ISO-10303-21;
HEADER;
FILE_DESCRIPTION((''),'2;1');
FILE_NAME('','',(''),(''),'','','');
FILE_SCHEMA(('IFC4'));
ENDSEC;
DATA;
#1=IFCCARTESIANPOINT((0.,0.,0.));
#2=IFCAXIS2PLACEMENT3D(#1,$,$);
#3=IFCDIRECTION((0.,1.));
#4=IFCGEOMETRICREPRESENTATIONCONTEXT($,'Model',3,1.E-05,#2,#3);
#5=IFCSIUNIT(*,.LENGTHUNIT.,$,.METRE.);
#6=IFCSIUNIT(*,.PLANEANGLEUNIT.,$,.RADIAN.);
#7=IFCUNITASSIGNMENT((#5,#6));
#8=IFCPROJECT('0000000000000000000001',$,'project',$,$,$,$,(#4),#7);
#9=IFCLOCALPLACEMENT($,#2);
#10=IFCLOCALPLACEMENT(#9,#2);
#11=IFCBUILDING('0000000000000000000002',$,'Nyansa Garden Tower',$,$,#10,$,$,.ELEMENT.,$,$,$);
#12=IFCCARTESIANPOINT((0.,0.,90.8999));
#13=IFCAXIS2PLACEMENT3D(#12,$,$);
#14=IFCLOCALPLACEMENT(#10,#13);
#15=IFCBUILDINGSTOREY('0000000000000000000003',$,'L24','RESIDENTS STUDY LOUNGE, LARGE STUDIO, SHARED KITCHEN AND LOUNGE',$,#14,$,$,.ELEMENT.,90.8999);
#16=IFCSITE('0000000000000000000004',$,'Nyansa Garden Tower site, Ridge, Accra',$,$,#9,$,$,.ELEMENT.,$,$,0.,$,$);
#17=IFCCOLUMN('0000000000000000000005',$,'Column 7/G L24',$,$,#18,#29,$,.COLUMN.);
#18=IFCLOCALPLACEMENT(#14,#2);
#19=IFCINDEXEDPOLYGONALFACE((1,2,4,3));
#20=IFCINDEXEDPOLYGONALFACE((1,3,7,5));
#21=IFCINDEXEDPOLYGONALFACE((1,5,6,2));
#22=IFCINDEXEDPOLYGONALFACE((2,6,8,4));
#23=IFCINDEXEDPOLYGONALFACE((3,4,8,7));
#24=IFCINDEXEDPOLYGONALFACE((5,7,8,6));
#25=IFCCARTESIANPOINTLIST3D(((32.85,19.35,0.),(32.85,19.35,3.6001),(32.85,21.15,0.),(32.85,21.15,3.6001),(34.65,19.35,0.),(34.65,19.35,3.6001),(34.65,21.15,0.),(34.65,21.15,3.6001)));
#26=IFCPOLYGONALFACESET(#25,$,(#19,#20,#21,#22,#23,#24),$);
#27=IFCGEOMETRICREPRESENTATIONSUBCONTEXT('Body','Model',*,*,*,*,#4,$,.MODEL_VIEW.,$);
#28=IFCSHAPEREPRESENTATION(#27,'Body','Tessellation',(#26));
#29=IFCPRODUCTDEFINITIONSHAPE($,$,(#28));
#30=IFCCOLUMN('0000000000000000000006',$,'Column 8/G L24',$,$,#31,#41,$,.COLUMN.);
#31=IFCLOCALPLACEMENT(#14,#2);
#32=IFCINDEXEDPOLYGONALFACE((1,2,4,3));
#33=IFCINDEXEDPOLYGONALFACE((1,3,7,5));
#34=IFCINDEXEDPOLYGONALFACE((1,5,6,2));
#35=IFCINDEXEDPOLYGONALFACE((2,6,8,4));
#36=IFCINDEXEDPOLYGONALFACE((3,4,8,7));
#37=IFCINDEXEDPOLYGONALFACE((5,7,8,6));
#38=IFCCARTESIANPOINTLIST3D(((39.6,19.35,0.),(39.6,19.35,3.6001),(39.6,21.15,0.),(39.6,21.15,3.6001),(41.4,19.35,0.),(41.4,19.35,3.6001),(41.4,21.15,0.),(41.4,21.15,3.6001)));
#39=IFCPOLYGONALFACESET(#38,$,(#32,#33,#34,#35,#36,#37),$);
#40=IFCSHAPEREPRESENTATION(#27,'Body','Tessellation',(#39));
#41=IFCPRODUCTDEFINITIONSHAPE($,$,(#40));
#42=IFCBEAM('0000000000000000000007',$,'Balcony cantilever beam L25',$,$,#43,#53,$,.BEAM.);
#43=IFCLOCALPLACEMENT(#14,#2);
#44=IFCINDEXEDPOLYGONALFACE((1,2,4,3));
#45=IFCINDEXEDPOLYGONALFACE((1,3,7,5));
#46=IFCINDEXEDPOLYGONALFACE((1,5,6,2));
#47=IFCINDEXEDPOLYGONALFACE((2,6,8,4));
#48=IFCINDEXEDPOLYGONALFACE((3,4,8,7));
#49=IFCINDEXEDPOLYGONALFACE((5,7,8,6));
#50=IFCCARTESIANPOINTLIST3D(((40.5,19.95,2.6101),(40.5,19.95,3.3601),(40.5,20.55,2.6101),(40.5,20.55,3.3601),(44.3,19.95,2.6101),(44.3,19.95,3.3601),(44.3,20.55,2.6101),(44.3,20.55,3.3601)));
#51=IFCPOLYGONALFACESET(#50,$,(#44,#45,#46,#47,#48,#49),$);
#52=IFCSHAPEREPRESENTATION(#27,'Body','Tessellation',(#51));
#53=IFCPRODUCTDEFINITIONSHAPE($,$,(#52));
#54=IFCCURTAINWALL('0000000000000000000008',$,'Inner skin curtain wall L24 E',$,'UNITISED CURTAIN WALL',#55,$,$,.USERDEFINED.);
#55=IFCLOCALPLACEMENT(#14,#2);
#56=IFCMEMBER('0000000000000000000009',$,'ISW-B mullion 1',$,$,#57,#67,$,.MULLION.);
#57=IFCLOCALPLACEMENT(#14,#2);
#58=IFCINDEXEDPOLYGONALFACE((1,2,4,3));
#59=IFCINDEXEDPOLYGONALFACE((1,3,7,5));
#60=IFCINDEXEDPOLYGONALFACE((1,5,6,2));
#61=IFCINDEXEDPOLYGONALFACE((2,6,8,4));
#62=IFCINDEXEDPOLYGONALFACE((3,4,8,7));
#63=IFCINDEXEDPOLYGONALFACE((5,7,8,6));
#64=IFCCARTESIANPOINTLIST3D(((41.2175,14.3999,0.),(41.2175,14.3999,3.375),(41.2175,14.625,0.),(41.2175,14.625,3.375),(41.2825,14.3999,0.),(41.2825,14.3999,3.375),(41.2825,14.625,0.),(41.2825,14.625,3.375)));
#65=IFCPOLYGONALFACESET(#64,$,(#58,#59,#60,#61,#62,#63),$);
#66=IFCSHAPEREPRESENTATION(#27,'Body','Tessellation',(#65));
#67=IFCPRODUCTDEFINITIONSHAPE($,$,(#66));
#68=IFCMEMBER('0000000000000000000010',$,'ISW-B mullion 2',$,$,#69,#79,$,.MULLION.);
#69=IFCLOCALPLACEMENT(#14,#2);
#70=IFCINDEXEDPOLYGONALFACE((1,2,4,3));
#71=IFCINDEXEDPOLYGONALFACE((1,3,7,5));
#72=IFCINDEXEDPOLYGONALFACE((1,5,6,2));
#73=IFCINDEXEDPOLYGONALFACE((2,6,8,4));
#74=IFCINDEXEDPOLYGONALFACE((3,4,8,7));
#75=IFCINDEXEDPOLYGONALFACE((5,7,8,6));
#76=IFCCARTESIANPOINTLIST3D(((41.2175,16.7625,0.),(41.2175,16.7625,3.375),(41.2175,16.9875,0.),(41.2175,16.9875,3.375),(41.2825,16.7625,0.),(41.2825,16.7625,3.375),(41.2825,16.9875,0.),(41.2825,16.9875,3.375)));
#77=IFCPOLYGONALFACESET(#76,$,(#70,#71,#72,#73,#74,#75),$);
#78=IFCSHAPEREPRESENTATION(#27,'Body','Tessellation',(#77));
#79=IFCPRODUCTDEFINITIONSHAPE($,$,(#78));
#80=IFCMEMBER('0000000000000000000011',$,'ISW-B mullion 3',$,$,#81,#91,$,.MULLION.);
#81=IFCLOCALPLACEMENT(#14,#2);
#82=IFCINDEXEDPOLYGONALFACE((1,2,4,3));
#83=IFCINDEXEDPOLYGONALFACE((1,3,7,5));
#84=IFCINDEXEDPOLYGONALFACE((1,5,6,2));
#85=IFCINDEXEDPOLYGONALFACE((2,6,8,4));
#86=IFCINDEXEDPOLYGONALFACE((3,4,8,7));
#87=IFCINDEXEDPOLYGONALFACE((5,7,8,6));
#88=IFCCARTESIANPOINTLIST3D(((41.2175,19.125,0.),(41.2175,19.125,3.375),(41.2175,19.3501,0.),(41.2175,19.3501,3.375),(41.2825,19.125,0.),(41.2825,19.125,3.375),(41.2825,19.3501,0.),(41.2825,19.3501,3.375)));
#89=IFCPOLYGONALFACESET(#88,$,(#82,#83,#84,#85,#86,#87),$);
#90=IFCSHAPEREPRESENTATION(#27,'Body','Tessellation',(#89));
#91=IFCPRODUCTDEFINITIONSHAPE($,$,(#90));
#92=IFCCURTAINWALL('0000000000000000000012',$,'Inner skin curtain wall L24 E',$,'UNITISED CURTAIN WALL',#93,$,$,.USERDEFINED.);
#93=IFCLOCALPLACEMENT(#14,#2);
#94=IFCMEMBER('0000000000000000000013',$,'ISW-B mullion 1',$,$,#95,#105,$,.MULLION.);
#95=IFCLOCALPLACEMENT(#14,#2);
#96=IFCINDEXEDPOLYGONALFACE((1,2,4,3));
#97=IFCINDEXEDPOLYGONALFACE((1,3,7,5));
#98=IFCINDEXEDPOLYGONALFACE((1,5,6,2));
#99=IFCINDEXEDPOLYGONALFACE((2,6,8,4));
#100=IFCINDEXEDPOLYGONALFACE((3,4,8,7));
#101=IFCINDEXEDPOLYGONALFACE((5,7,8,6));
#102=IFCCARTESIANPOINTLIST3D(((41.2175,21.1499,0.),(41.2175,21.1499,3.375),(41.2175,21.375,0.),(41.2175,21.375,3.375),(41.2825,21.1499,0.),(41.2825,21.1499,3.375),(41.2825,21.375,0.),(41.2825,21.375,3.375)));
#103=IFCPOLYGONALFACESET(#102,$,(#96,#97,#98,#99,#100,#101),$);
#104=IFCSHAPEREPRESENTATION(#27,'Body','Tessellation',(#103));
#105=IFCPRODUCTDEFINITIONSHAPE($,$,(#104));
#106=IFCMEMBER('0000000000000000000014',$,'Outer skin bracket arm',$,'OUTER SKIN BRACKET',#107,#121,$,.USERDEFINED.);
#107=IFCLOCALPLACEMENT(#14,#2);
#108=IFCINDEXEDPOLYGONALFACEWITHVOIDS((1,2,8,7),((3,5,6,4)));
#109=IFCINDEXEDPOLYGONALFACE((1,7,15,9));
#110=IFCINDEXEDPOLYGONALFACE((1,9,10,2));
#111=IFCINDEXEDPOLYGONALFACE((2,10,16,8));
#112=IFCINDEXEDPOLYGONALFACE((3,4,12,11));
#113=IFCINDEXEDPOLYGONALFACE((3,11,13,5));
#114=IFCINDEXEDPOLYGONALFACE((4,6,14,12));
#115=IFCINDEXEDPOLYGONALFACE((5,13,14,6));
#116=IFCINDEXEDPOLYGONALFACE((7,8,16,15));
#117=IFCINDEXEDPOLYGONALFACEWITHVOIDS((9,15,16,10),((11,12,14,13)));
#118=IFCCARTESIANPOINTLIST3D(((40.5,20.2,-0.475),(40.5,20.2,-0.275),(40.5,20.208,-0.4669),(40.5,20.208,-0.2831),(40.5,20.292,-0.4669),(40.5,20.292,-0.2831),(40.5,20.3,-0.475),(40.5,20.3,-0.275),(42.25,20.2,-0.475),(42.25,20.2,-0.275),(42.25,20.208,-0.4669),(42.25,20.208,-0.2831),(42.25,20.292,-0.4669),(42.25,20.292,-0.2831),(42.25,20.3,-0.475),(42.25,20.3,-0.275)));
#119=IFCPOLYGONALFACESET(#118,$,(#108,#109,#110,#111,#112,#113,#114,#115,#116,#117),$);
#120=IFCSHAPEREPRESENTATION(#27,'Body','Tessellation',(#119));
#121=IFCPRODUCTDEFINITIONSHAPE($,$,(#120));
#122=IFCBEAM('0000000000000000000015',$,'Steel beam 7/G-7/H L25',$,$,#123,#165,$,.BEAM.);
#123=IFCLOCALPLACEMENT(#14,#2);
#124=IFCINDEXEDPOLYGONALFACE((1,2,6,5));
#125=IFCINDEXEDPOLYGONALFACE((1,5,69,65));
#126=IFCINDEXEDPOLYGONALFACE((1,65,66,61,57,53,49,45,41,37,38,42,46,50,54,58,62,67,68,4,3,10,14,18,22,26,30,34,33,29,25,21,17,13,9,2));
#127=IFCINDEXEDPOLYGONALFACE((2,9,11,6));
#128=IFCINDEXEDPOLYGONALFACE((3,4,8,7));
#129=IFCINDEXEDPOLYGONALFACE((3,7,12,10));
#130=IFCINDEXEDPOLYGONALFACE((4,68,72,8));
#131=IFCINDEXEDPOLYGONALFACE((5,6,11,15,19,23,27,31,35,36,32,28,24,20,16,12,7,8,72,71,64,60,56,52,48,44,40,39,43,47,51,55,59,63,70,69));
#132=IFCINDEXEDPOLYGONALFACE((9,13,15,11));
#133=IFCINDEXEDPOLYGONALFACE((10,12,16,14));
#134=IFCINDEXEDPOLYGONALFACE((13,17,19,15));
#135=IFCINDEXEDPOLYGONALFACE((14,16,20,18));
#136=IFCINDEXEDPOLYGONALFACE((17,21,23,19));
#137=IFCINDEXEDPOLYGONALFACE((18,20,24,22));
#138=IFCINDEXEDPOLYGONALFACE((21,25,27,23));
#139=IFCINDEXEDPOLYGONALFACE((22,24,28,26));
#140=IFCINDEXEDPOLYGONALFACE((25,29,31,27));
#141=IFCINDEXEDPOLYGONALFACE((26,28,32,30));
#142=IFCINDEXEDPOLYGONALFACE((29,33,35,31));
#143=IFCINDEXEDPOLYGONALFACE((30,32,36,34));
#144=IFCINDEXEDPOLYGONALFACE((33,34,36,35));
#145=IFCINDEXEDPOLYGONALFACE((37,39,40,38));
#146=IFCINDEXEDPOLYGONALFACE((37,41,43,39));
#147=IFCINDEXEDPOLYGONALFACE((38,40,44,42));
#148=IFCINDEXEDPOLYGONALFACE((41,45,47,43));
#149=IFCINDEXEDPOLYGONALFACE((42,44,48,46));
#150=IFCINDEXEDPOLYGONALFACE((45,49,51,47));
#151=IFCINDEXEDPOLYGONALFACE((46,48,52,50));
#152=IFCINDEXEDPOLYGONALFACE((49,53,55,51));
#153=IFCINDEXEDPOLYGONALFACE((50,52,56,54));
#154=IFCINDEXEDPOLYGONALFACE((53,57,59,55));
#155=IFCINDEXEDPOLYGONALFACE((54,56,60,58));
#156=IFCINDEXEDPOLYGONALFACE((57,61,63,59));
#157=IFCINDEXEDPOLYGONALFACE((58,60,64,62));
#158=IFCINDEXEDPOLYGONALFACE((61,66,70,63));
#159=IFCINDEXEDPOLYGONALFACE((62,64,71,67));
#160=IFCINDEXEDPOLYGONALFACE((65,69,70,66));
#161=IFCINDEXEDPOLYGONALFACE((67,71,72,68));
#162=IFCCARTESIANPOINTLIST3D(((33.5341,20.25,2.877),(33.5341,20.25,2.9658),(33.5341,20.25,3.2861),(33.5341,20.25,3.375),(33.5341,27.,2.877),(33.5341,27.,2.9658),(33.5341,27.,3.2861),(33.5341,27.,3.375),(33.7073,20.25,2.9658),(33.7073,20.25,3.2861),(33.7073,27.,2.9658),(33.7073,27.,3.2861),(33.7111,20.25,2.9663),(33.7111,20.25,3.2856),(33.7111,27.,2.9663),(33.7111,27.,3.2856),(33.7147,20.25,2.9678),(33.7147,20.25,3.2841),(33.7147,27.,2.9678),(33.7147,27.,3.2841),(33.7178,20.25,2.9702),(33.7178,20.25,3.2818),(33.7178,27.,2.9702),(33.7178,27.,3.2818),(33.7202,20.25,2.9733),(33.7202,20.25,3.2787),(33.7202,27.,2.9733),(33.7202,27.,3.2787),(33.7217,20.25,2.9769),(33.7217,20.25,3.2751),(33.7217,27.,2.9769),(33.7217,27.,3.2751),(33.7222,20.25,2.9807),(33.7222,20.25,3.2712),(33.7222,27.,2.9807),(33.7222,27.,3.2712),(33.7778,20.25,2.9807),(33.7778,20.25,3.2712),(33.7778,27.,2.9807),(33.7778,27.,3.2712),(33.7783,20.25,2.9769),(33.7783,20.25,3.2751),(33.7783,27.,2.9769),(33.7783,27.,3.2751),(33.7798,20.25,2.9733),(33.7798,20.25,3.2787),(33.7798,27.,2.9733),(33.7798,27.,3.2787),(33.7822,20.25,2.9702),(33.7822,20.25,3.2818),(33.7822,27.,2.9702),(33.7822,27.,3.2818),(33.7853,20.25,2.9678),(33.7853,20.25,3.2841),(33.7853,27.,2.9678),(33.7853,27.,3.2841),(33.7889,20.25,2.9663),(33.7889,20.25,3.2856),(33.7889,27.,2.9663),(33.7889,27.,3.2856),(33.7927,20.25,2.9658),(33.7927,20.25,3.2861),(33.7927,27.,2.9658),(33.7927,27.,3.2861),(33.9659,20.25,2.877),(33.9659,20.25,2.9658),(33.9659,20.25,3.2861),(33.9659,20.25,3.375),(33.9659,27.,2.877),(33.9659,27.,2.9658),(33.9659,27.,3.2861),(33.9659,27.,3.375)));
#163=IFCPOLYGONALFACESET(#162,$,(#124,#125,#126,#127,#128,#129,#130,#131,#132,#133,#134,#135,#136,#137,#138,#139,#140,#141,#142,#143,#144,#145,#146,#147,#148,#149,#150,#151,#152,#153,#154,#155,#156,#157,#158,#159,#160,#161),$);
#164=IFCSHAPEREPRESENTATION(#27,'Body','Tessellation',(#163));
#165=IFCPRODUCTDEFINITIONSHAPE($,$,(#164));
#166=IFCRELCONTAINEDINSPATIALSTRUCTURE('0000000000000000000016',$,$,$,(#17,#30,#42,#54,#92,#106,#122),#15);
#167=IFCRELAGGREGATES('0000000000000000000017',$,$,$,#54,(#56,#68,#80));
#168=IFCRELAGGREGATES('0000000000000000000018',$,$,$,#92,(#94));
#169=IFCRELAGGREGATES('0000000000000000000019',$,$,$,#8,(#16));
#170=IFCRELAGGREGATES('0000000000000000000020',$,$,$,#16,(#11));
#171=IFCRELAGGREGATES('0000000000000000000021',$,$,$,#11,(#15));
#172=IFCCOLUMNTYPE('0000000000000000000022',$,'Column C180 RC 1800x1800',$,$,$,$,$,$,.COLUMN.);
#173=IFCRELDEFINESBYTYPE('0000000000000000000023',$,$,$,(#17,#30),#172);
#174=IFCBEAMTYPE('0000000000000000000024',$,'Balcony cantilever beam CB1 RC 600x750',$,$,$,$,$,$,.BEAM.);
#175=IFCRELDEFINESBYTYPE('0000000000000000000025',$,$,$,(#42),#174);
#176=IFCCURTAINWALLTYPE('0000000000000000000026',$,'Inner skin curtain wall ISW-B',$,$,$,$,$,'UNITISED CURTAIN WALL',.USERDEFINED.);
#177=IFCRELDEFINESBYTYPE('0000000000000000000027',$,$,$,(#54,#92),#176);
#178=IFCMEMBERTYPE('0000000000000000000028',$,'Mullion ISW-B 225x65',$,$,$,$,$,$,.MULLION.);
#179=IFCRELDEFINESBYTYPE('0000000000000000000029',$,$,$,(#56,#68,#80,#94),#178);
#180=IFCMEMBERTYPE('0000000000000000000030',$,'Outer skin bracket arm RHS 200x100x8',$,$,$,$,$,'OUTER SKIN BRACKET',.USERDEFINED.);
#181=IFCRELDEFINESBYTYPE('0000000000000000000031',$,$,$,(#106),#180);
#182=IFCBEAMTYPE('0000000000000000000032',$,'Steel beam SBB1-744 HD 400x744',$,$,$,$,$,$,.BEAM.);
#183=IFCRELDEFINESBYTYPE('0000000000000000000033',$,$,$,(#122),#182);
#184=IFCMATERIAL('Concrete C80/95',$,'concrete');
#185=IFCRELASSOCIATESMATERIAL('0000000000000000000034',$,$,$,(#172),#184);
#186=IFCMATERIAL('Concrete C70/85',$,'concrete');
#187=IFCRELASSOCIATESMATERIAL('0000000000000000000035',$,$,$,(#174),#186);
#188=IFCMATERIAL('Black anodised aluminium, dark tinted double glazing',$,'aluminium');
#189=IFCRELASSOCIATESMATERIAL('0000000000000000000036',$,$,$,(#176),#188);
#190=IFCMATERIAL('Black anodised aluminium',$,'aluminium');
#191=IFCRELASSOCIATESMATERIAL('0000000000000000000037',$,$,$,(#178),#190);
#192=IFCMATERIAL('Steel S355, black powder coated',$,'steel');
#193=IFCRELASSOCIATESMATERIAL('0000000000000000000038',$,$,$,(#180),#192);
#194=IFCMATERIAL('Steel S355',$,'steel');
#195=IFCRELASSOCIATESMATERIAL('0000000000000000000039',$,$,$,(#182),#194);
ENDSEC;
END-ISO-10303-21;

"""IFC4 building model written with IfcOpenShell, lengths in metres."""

from ifc_helpers import new_model, si_unit, direction, frame, origin, origin_2d, place, context, subcontext, project, spatial, rectangle, hollow_rectangle, i_section, extrude, material, material_profile, profile_set, type_object, element, aggregate, save


model = new_model("IFC4")

# Units and contexts
model_context = context("Model", 3, precision=1e-05, world=origin(), true_north=direction((0.0, 1.0)))
body_context = subcontext(model_context, "Body", "Model", "MODEL_VIEW")
ifc_project = project(units=[si_unit("LENGTHUNIT", "METRE"), si_unit("PLANEANGLEUNIT", "RADIAN")], contexts=[model_context])

# Site, building, storey
site_placement = place(None, origin())
site = spatial("IfcSite", under=ifc_project, at=site_placement, Name="Nyansa Garden Tower site, Ridge, Accra", CompositionType="ELEMENT", RefElevation=0.0)
building_placement = place(site_placement, origin())
building = spatial("IfcBuilding", under=site, at=building_placement, Name="Nyansa Garden Tower", CompositionType="ELEMENT")
storey_placement = place(building_placement, frame((0.0, 0.0, 90.8999)))
storey = spatial("IfcBuildingStorey", under=building, at=storey_placement, Name="L24", Description="RESIDENTS STUDY LOUNGE, LARGE STUDIO, SHARED KITCHEN AND LOUNGE", CompositionType="ELEMENT", Elevation=90.8999)

# Columns
ifc_material_1 = material(Name="Concrete C80/95", Category="concrete")
ifc_material_profile_1 = material_profile(ifc_material_1, rectangle(XDim=1.8, YDim=1.8, at=origin_2d()), Name="RC 1800x1800")
ifc_profile_set_1 = profile_set([ifc_material_profile_1], Name="Concrete C80/95")
column_type = type_object("IfcColumnType", Name="Column C180 RC 1800x1800", PredefinedType="COLUMN", material=ifc_profile_set_1)
for number, where, z_axis, x_axis, name in (
    (1, (33.75, 20.25, 0.0), (0.0, 0.0, 1.0), (1.0, 0.0, 0.0), "Column 7/G L24"),
    (2, (40.5, 20.25, 0.0), (0.0, 0.0, 1.0), (1.0, 0.0, 0.0), "Column 8/G L24"),
):
    element("IfcColumn", number, at=place(storey_placement, frame(where, z_axis=z_axis, x_axis=x_axis)), inside=storey, type_object=column_type, Name=name, PredefinedType="COLUMN", context=body_context, shape_type="SweptSolid", body=[
        extrude(rectangle(XDim=1.8, YDim=1.8, at=origin_2d()), origin(), (0.0, 0.0, 1.0), 3.6001),
    ])

# Beam
ifc_material_2 = material(Name="Concrete C70/85", Category="concrete")
ifc_material_profile_2 = material_profile(ifc_material_2, rectangle(XDim=0.6001, YDim=0.75, at=origin_2d()), Name="RC 600x750")
ifc_profile_set_2 = profile_set([ifc_material_profile_2], Name="Concrete C70/85")
beam_type_1 = type_object("IfcBeamType", Name="Balcony cantilever beam CB1 RC 600x750", PredefinedType="BEAM", material=ifc_profile_set_2)
beam_1_placement = place(storey_placement, frame((40.5, 20.25, 2.9851), z_axis=(1.0, 0.0, 0.0), x_axis=(0.0, 1.0, 0.0)))
element("IfcBeam", 3, at=beam_1_placement, inside=storey, type_object=beam_type_1, Name="Balcony cantilever beam L25", PredefinedType="BEAM", context=body_context, shape_type="SweptSolid", body=[
    extrude(rectangle(XDim=0.6001, YDim=0.75, at=origin_2d()), origin(), (0.0, 0.0, 1.0), 3.8),
])

# Curtain wall, members
ifc_material_3 = material(Name="Black anodised aluminium, dark tinted double glazing", Category="aluminium")
curtain_wall_type = type_object("IfcCurtainWallType", Name="Inner skin curtain wall ISW-B", ElementType="UNITISED CURTAIN WALL", PredefinedType="USERDEFINED", material=ifc_material_3)
curtain_wall_1_placement = place(storey_placement, origin())
curtain_wall_1 = element("IfcCurtainWall", 4, at=curtain_wall_1_placement, inside=storey, type_object=curtain_wall_type, Name="Inner skin curtain wall L24 E", ObjectType="UNITISED CURTAIN WALL", PredefinedType="USERDEFINED")
ifc_material_4 = material(Name="Black anodised aluminium", Category="aluminium")
ifc_material_profile_3 = material_profile(ifc_material_4, rectangle(XDim=0.0649, YDim=0.2251, at=origin_2d()), Name="Mullion 225x65")
ifc_profile_set_3 = profile_set([ifc_material_profile_3], Name="Black anodised aluminium")
member_type_1 = type_object("IfcMemberType", Name="Mullion ISW-B 225x65", PredefinedType="MULLION", material=ifc_profile_set_3)
member_1_placement = place(storey_placement, frame((41.25, 14.5125, 0.0), z_axis=(0.0, 0.0, 1.0), x_axis=(-1.0, 0.0, 0.0)))
member_1 = element("IfcMember", 5, at=member_1_placement, type_object=member_type_1, Name="ISW-B mullion 1", PredefinedType="MULLION", context=body_context, shape_type="SweptSolid", body=[
    extrude(rectangle(XDim=0.0649, YDim=0.2251, at=origin_2d()), origin(), (0.0, 0.0, 1.0), 3.375),
])
member_2_placement = place(storey_placement, frame((41.25, 16.875, 0.0), z_axis=(0.0, 0.0, 1.0), x_axis=(-1.0, 0.0, 0.0)))
member_2 = element("IfcMember", 6, at=member_2_placement, type_object=member_type_1, Name="ISW-B mullion 2", PredefinedType="MULLION", context=body_context, shape_type="SweptSolid", body=[
    extrude(rectangle(XDim=0.0649, YDim=0.2251, at=origin_2d()), origin(), (0.0, 0.0, 1.0), 3.375),
])
member_3_placement = place(storey_placement, frame((41.25, 19.2375, 0.0), z_axis=(0.0, 0.0, 1.0), x_axis=(-1.0, 0.0, 0.0)))
member_3 = element("IfcMember", 7, at=member_3_placement, type_object=member_type_1, Name="ISW-B mullion 3", PredefinedType="MULLION", context=body_context, shape_type="SweptSolid", body=[
    extrude(rectangle(XDim=0.0649, YDim=0.2251, at=origin_2d()), origin(), (0.0, 0.0, 1.0), 3.375),
])

# Curtain wall, member
curtain_wall_2_placement = place(storey_placement, origin())
curtain_wall_2 = element("IfcCurtainWall", 8, at=curtain_wall_2_placement, inside=storey, type_object=curtain_wall_type, Name="Inner skin curtain wall L24 E", ObjectType="UNITISED CURTAIN WALL", PredefinedType="USERDEFINED")
member_4_placement = place(storey_placement, frame((41.25, 21.2625, 0.0), z_axis=(0.0, 0.0, 1.0), x_axis=(-1.0, 0.0, 0.0)))
member_4 = element("IfcMember", 9, at=member_4_placement, type_object=member_type_1, Name="ISW-B mullion 1", PredefinedType="MULLION", context=body_context, shape_type="SweptSolid", body=[
    extrude(rectangle(XDim=0.0649, YDim=0.2251, at=origin_2d()), origin(), (0.0, 0.0, 1.0), 3.375),
])

# Member
ifc_material_5 = material(Name="Steel S355, black powder coated", Category="steel")
ifc_material_profile_4 = material_profile(ifc_material_5, hollow_rectangle(XDim=0.1001, YDim=0.2, WallThickness=0.0081, at=origin_2d()), Name="RHS 200x100x8")
ifc_profile_set_4 = profile_set([ifc_material_profile_4], Name="Steel S355, black powder coated")
member_type_2 = type_object("IfcMemberType", Name="Outer skin bracket arm RHS 200x100x8", ElementType="OUTER SKIN BRACKET", PredefinedType="USERDEFINED", material=ifc_profile_set_4)
member_5_placement = place(storey_placement, frame((40.5, 20.25, -0.375), z_axis=(1.0, 0.0, 0.0), x_axis=(0.0, 1.0, 0.0)))
element("IfcMember", 10, at=member_5_placement, inside=storey, type_object=member_type_2, Name="Outer skin bracket arm", ObjectType="OUTER SKIN BRACKET", PredefinedType="USERDEFINED", context=body_context, shape_type="SweptSolid", body=[
    extrude(hollow_rectangle(XDim=0.1001, YDim=0.2, WallThickness=0.0081, at=origin_2d()), origin(), (0.0, 0.0, 1.0), 1.75),
])

# Beam
ifc_material_6 = material(Name="Steel S355", Category="steel")
ifc_material_profile_5 = material_profile(ifc_material_6, i_section(OverallWidth=0.4319, OverallDepth=0.498, WebThickness=0.0557, FlangeThickness=0.0889, FilletRadius=0.0149, at=origin_2d()), Name="HD 400x744")
ifc_profile_set_5 = profile_set([ifc_material_profile_5], Name="Steel S355")
beam_type_2 = type_object("IfcBeamType", Name="Steel beam SBB1-744 HD 400x744", PredefinedType="BEAM", material=ifc_profile_set_5)
for number, where, z_axis, x_axis, name in (
    (11, (33.75, 20.25, 3.126), (0.0, 1.0, 0.0), (-1.0, 0.0, 0.0), "Steel beam 7/G-7/H L25"),
):
    element("IfcBeam", number, at=place(storey_placement, frame(where, z_axis=z_axis, x_axis=x_axis)), inside=storey, type_object=beam_type_2, Name=name, PredefinedType="BEAM", context=body_context, shape_type="SweptSolid", body=[
        extrude(i_section(OverallWidth=0.4319, OverallDepth=0.498, WebThickness=0.0557, FlangeThickness=0.0889, FilletRadius=0.0149, at=origin_2d()), origin(), (0.0, 0.0, 1.0), 6.75),
    ])

aggregate(curtain_wall_1, [member_1, member_2, member_3])
aggregate(curtain_wall_2, [member_4])

save(model, "model.ifc")
